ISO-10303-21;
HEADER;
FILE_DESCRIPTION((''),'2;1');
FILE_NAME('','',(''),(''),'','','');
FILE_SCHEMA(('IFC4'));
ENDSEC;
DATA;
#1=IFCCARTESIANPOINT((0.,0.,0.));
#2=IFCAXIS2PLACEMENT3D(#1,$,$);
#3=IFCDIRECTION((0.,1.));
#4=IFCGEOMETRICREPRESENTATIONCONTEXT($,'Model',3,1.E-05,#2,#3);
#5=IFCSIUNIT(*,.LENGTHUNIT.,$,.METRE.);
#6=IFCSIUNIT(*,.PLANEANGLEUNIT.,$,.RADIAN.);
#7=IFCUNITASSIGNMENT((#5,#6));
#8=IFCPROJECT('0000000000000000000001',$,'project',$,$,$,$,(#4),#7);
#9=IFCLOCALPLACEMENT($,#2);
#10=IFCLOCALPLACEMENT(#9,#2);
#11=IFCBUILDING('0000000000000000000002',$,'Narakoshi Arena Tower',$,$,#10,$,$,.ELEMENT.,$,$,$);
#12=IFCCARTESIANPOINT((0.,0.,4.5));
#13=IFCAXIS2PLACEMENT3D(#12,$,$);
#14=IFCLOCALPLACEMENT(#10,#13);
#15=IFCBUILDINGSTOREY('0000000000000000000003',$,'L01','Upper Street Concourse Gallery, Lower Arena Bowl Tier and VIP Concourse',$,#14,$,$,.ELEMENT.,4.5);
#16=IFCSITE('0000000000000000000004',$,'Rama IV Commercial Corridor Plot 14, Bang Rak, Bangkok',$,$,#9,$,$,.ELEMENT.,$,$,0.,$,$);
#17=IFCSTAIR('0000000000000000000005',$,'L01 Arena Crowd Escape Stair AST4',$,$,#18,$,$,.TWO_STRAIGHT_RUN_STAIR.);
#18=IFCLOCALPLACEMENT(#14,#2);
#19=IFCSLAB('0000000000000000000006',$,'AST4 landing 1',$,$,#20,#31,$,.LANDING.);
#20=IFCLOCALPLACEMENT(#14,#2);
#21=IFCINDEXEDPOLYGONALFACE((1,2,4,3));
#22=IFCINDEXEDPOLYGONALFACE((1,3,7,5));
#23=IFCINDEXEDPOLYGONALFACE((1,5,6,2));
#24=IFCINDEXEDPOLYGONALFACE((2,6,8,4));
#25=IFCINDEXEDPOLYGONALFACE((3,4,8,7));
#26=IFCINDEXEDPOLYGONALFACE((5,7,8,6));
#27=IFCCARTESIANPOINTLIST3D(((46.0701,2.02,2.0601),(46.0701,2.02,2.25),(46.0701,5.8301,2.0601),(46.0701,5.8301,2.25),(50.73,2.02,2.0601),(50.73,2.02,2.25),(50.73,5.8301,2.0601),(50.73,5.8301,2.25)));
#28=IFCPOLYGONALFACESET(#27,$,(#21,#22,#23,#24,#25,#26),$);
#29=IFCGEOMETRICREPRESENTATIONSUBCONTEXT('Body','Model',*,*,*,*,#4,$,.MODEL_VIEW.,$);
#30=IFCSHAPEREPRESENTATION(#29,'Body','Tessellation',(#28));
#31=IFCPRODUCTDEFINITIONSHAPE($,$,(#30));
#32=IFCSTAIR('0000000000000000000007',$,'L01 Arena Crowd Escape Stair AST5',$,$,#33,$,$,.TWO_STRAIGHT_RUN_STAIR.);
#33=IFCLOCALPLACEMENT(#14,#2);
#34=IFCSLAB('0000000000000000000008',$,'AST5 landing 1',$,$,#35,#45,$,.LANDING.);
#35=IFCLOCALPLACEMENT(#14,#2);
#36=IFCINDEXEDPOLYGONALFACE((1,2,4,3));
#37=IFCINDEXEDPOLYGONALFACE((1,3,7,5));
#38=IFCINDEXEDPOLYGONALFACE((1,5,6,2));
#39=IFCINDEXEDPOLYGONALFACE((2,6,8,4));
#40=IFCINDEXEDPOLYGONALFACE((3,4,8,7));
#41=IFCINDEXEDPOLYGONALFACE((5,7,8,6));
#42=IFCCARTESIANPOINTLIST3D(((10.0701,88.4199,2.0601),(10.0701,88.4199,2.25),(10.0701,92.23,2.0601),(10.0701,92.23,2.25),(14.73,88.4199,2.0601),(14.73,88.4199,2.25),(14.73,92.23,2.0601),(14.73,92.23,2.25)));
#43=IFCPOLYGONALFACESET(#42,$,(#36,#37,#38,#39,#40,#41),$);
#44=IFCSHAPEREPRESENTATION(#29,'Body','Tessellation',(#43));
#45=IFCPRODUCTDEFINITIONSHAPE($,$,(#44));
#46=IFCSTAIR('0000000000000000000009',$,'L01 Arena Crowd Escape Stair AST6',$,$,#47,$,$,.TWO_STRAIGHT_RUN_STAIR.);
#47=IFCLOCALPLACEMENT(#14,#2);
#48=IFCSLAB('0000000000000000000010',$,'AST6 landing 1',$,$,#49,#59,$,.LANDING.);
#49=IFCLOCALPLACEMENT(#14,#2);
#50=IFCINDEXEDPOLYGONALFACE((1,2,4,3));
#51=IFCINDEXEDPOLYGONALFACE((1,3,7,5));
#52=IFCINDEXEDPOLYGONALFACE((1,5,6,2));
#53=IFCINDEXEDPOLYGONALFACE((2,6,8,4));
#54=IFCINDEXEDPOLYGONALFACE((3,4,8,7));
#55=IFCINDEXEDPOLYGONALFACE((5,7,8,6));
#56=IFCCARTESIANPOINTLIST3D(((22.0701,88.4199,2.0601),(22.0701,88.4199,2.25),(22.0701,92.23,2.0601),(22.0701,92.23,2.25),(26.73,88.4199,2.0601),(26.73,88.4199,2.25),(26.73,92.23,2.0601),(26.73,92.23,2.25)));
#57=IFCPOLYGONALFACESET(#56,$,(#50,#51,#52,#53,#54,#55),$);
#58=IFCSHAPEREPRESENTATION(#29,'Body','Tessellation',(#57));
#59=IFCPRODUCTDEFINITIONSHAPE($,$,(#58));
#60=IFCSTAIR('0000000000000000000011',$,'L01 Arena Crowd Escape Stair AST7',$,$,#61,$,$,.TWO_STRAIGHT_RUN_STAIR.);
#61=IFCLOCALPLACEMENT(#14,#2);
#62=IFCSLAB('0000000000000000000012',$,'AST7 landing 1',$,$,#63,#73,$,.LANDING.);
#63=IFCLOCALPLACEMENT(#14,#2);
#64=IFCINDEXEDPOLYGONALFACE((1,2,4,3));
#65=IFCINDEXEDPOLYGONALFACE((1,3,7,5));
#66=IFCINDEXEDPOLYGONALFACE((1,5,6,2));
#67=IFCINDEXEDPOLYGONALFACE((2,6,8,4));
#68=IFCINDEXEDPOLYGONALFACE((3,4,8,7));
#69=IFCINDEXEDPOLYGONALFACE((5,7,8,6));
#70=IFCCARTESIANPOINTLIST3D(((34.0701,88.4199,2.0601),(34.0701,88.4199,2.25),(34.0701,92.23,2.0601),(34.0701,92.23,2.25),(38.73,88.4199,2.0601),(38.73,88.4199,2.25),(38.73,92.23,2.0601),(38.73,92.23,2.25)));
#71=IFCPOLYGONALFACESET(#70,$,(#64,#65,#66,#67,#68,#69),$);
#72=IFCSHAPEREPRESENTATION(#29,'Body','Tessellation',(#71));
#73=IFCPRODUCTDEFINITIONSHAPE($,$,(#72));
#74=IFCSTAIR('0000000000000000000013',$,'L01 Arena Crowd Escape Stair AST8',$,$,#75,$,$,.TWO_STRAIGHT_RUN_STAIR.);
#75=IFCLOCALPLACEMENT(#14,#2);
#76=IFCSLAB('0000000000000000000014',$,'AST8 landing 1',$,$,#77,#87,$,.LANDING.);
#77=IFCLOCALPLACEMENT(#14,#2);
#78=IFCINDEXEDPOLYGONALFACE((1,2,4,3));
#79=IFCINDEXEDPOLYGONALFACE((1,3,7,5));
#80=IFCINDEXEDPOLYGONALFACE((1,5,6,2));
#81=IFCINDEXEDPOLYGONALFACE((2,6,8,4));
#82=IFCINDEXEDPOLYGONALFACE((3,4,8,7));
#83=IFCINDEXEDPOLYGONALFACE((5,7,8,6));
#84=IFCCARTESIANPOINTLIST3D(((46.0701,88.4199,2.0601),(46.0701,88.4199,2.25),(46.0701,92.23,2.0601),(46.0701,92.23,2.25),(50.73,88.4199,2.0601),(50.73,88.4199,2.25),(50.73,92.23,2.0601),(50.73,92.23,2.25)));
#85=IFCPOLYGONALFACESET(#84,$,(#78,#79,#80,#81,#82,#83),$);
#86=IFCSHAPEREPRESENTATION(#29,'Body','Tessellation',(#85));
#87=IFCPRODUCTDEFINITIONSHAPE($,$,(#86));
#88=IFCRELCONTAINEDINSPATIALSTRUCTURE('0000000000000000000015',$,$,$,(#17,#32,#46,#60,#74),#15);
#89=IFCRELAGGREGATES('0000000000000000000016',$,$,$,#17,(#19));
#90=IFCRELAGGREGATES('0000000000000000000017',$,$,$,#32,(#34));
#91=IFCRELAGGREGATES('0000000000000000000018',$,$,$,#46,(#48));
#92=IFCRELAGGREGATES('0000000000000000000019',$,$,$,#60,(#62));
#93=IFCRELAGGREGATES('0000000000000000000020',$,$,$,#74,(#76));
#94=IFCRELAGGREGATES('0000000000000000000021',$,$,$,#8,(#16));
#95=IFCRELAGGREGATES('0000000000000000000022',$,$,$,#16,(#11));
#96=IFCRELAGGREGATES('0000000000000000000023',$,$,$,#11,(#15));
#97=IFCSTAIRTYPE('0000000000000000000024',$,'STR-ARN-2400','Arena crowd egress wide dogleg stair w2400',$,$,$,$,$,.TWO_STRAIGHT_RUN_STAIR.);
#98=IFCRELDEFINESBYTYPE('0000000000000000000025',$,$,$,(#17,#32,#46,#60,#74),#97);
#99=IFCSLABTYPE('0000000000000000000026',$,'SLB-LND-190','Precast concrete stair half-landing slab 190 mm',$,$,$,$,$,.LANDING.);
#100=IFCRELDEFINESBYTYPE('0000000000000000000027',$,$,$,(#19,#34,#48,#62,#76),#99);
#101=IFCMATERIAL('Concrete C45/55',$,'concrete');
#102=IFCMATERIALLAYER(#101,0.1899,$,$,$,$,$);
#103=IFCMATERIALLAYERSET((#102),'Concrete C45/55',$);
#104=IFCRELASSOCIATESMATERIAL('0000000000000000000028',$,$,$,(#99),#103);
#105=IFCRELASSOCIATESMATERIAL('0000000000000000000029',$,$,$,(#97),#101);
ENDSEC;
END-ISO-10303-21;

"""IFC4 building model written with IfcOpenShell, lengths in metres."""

from ifc_helpers import new_model, si_unit, direction, frame, origin, place, context, subcontext, project, spatial, polyline, outline, extrude, material, layer, layer_set, type_object, element, aggregate, save


model = new_model("IFC4")

# Units and contexts
model_context = context("Model", 3, precision=1e-05, world=origin(), true_north=direction((0.0, 1.0)))
body_context = subcontext(model_context, "Body", "Model", "MODEL_VIEW")
ifc_project = project(units=[si_unit("LENGTHUNIT", "METRE"), si_unit("PLANEANGLEUNIT", "RADIAN")], contexts=[model_context])

# Site, building, storey
site_placement = place(None, origin())
site = spatial("IfcSite", under=ifc_project, at=site_placement, Name="Rama IV Commercial Corridor Plot 14, Bang Rak, Bangkok", CompositionType="ELEMENT", RefElevation=0.0)
building_placement = place(site_placement, origin())
building = spatial("IfcBuilding", under=site, at=building_placement, Name="Narakoshi Arena Tower", CompositionType="ELEMENT")
storey_placement = place(building_placement, frame((0.0, 0.0, 4.5)))
storey = spatial("IfcBuildingStorey", under=building, at=storey_placement, Name="L01", Description="Upper Street Concourse Gallery, Lower Arena Bowl Tier and VIP Concourse", CompositionType="ELEMENT", Elevation=4.5)

# Stairs, slabs
ifc_material_1 = material(Name="Concrete C45/55", Category="concrete")
ifc_layer_1 = layer(ifc_material_1, 0.1899)
ifc_layer_set_1 = layer_set([ifc_layer_1], Name="Concrete C45/55")
slab_type_1 = type_object("IfcSlabType", Name="SLB-LND-190", Description="Precast concrete stair half-landing slab 190 mm", PredefinedType="LANDING", material=ifc_layer_set_1)
stair_type_1 = type_object("IfcStairType", Name="STR-ARN-2400", Description="Arena crowd egress wide dogleg stair w2400", PredefinedType="TWO_STRAIGHT_RUN_STAIR", material=ifc_material_1)
stair_1_placement = place(storey_placement, origin())
stair_1 = element("IfcStair", 1, at=stair_1_placement, inside=storey, type_object=stair_type_1, Name="L01 Arena Crowd Escape Stair AST4", PredefinedType="TWO_STRAIGHT_RUN_STAIR")
slab_1_placement = place(storey_placement, frame((0.0, 0.0, 2.0601)))
slab_1 = element("IfcSlab", 2, at=slab_1_placement, type_object=slab_type_1, Name="AST4 landing 1", PredefinedType="LANDING", context=body_context, shape_type="SweptSolid", body=[
    extrude(outline(polyline([(46.0701, 2.02), (50.73, 2.02), (50.73, 5.8301), (46.0701, 5.8301), (46.0701, 2.02)])), origin(), (0.0, 0.0, 1.0), 0.1899),
])
aggregate(stair_1, [slab_1])
stair_2_placement = place(storey_placement, origin())
stair_2 = element("IfcStair", 3, at=stair_2_placement, inside=storey, type_object=stair_type_1, Name="L01 Arena Crowd Escape Stair AST5", PredefinedType="TWO_STRAIGHT_RUN_STAIR")
slab_2_placement = place(storey_placement, frame((0.0, 0.0, 2.0601)))
slab_2 = element("IfcSlab", 4, at=slab_2_placement, type_object=slab_type_1, Name="AST5 landing 1", PredefinedType="LANDING", context=body_context, shape_type="SweptSolid", body=[
    extrude(outline(polyline([(10.0701, 88.4199), (14.73, 88.4199), (14.73, 92.23), (10.0701, 92.23), (10.0701, 88.4199)])), origin(), (0.0, 0.0, 1.0), 0.1899),
])
aggregate(stair_2, [slab_2])
stair_3_placement = place(storey_placement, origin())
stair_3 = element("IfcStair", 5, at=stair_3_placement, inside=storey, type_object=stair_type_1, Name="L01 Arena Crowd Escape Stair AST6", PredefinedType="TWO_STRAIGHT_RUN_STAIR")
slab_3_placement = place(storey_placement, frame((0.0, 0.0, 2.0601)))
slab_3 = element("IfcSlab", 6, at=slab_3_placement, type_object=slab_type_1, Name="AST6 landing 1", PredefinedType="LANDING", context=body_context, shape_type="SweptSolid", body=[
    extrude(outline(polyline([(22.0701, 88.4199), (26.73, 88.4199), (26.73, 92.23), (22.0701, 92.23), (22.0701, 88.4199)])), origin(), (0.0, 0.0, 1.0), 0.1899),
])
aggregate(stair_3, [slab_3])
stair_4_placement = place(storey_placement, origin())
stair_4 = element("IfcStair", 7, at=stair_4_placement, inside=storey, type_object=stair_type_1, Name="L01 Arena Crowd Escape Stair AST7", PredefinedType="TWO_STRAIGHT_RUN_STAIR")
slab_4_placement = place(storey_placement, frame((0.0, 0.0, 2.0601)))
slab_4 = element("IfcSlab", 8, at=slab_4_placement, type_object=slab_type_1, Name="AST7 landing 1", PredefinedType="LANDING", context=body_context, shape_type="SweptSolid", body=[
    extrude(outline(polyline([(34.0701, 88.4199), (38.73, 88.4199), (38.73, 92.23), (34.0701, 92.23), (34.0701, 88.4199)])), origin(), (0.0, 0.0, 1.0), 0.1899),
])
aggregate(stair_4, [slab_4])
stair_5_placement = place(storey_placement, origin())
stair_5 = element("IfcStair", 9, at=stair_5_placement, inside=storey, type_object=stair_type_1, Name="L01 Arena Crowd Escape Stair AST8", PredefinedType="TWO_STRAIGHT_RUN_STAIR")
slab_5_placement = place(storey_placement, frame((0.0, 0.0, 2.0601)))
slab_5 = element("IfcSlab", 10, at=slab_5_placement, type_object=slab_type_1, Name="AST8 landing 1", PredefinedType="LANDING", context=body_context, shape_type="SweptSolid", body=[
    extrude(outline(polyline([(46.0701, 88.4199), (50.73, 88.4199), (50.73, 92.23), (46.0701, 92.23), (46.0701, 88.4199)])), origin(), (0.0, 0.0, 1.0), 0.1899),
])
aggregate(stair_5, [slab_5])

save(model, "model.ifc")
